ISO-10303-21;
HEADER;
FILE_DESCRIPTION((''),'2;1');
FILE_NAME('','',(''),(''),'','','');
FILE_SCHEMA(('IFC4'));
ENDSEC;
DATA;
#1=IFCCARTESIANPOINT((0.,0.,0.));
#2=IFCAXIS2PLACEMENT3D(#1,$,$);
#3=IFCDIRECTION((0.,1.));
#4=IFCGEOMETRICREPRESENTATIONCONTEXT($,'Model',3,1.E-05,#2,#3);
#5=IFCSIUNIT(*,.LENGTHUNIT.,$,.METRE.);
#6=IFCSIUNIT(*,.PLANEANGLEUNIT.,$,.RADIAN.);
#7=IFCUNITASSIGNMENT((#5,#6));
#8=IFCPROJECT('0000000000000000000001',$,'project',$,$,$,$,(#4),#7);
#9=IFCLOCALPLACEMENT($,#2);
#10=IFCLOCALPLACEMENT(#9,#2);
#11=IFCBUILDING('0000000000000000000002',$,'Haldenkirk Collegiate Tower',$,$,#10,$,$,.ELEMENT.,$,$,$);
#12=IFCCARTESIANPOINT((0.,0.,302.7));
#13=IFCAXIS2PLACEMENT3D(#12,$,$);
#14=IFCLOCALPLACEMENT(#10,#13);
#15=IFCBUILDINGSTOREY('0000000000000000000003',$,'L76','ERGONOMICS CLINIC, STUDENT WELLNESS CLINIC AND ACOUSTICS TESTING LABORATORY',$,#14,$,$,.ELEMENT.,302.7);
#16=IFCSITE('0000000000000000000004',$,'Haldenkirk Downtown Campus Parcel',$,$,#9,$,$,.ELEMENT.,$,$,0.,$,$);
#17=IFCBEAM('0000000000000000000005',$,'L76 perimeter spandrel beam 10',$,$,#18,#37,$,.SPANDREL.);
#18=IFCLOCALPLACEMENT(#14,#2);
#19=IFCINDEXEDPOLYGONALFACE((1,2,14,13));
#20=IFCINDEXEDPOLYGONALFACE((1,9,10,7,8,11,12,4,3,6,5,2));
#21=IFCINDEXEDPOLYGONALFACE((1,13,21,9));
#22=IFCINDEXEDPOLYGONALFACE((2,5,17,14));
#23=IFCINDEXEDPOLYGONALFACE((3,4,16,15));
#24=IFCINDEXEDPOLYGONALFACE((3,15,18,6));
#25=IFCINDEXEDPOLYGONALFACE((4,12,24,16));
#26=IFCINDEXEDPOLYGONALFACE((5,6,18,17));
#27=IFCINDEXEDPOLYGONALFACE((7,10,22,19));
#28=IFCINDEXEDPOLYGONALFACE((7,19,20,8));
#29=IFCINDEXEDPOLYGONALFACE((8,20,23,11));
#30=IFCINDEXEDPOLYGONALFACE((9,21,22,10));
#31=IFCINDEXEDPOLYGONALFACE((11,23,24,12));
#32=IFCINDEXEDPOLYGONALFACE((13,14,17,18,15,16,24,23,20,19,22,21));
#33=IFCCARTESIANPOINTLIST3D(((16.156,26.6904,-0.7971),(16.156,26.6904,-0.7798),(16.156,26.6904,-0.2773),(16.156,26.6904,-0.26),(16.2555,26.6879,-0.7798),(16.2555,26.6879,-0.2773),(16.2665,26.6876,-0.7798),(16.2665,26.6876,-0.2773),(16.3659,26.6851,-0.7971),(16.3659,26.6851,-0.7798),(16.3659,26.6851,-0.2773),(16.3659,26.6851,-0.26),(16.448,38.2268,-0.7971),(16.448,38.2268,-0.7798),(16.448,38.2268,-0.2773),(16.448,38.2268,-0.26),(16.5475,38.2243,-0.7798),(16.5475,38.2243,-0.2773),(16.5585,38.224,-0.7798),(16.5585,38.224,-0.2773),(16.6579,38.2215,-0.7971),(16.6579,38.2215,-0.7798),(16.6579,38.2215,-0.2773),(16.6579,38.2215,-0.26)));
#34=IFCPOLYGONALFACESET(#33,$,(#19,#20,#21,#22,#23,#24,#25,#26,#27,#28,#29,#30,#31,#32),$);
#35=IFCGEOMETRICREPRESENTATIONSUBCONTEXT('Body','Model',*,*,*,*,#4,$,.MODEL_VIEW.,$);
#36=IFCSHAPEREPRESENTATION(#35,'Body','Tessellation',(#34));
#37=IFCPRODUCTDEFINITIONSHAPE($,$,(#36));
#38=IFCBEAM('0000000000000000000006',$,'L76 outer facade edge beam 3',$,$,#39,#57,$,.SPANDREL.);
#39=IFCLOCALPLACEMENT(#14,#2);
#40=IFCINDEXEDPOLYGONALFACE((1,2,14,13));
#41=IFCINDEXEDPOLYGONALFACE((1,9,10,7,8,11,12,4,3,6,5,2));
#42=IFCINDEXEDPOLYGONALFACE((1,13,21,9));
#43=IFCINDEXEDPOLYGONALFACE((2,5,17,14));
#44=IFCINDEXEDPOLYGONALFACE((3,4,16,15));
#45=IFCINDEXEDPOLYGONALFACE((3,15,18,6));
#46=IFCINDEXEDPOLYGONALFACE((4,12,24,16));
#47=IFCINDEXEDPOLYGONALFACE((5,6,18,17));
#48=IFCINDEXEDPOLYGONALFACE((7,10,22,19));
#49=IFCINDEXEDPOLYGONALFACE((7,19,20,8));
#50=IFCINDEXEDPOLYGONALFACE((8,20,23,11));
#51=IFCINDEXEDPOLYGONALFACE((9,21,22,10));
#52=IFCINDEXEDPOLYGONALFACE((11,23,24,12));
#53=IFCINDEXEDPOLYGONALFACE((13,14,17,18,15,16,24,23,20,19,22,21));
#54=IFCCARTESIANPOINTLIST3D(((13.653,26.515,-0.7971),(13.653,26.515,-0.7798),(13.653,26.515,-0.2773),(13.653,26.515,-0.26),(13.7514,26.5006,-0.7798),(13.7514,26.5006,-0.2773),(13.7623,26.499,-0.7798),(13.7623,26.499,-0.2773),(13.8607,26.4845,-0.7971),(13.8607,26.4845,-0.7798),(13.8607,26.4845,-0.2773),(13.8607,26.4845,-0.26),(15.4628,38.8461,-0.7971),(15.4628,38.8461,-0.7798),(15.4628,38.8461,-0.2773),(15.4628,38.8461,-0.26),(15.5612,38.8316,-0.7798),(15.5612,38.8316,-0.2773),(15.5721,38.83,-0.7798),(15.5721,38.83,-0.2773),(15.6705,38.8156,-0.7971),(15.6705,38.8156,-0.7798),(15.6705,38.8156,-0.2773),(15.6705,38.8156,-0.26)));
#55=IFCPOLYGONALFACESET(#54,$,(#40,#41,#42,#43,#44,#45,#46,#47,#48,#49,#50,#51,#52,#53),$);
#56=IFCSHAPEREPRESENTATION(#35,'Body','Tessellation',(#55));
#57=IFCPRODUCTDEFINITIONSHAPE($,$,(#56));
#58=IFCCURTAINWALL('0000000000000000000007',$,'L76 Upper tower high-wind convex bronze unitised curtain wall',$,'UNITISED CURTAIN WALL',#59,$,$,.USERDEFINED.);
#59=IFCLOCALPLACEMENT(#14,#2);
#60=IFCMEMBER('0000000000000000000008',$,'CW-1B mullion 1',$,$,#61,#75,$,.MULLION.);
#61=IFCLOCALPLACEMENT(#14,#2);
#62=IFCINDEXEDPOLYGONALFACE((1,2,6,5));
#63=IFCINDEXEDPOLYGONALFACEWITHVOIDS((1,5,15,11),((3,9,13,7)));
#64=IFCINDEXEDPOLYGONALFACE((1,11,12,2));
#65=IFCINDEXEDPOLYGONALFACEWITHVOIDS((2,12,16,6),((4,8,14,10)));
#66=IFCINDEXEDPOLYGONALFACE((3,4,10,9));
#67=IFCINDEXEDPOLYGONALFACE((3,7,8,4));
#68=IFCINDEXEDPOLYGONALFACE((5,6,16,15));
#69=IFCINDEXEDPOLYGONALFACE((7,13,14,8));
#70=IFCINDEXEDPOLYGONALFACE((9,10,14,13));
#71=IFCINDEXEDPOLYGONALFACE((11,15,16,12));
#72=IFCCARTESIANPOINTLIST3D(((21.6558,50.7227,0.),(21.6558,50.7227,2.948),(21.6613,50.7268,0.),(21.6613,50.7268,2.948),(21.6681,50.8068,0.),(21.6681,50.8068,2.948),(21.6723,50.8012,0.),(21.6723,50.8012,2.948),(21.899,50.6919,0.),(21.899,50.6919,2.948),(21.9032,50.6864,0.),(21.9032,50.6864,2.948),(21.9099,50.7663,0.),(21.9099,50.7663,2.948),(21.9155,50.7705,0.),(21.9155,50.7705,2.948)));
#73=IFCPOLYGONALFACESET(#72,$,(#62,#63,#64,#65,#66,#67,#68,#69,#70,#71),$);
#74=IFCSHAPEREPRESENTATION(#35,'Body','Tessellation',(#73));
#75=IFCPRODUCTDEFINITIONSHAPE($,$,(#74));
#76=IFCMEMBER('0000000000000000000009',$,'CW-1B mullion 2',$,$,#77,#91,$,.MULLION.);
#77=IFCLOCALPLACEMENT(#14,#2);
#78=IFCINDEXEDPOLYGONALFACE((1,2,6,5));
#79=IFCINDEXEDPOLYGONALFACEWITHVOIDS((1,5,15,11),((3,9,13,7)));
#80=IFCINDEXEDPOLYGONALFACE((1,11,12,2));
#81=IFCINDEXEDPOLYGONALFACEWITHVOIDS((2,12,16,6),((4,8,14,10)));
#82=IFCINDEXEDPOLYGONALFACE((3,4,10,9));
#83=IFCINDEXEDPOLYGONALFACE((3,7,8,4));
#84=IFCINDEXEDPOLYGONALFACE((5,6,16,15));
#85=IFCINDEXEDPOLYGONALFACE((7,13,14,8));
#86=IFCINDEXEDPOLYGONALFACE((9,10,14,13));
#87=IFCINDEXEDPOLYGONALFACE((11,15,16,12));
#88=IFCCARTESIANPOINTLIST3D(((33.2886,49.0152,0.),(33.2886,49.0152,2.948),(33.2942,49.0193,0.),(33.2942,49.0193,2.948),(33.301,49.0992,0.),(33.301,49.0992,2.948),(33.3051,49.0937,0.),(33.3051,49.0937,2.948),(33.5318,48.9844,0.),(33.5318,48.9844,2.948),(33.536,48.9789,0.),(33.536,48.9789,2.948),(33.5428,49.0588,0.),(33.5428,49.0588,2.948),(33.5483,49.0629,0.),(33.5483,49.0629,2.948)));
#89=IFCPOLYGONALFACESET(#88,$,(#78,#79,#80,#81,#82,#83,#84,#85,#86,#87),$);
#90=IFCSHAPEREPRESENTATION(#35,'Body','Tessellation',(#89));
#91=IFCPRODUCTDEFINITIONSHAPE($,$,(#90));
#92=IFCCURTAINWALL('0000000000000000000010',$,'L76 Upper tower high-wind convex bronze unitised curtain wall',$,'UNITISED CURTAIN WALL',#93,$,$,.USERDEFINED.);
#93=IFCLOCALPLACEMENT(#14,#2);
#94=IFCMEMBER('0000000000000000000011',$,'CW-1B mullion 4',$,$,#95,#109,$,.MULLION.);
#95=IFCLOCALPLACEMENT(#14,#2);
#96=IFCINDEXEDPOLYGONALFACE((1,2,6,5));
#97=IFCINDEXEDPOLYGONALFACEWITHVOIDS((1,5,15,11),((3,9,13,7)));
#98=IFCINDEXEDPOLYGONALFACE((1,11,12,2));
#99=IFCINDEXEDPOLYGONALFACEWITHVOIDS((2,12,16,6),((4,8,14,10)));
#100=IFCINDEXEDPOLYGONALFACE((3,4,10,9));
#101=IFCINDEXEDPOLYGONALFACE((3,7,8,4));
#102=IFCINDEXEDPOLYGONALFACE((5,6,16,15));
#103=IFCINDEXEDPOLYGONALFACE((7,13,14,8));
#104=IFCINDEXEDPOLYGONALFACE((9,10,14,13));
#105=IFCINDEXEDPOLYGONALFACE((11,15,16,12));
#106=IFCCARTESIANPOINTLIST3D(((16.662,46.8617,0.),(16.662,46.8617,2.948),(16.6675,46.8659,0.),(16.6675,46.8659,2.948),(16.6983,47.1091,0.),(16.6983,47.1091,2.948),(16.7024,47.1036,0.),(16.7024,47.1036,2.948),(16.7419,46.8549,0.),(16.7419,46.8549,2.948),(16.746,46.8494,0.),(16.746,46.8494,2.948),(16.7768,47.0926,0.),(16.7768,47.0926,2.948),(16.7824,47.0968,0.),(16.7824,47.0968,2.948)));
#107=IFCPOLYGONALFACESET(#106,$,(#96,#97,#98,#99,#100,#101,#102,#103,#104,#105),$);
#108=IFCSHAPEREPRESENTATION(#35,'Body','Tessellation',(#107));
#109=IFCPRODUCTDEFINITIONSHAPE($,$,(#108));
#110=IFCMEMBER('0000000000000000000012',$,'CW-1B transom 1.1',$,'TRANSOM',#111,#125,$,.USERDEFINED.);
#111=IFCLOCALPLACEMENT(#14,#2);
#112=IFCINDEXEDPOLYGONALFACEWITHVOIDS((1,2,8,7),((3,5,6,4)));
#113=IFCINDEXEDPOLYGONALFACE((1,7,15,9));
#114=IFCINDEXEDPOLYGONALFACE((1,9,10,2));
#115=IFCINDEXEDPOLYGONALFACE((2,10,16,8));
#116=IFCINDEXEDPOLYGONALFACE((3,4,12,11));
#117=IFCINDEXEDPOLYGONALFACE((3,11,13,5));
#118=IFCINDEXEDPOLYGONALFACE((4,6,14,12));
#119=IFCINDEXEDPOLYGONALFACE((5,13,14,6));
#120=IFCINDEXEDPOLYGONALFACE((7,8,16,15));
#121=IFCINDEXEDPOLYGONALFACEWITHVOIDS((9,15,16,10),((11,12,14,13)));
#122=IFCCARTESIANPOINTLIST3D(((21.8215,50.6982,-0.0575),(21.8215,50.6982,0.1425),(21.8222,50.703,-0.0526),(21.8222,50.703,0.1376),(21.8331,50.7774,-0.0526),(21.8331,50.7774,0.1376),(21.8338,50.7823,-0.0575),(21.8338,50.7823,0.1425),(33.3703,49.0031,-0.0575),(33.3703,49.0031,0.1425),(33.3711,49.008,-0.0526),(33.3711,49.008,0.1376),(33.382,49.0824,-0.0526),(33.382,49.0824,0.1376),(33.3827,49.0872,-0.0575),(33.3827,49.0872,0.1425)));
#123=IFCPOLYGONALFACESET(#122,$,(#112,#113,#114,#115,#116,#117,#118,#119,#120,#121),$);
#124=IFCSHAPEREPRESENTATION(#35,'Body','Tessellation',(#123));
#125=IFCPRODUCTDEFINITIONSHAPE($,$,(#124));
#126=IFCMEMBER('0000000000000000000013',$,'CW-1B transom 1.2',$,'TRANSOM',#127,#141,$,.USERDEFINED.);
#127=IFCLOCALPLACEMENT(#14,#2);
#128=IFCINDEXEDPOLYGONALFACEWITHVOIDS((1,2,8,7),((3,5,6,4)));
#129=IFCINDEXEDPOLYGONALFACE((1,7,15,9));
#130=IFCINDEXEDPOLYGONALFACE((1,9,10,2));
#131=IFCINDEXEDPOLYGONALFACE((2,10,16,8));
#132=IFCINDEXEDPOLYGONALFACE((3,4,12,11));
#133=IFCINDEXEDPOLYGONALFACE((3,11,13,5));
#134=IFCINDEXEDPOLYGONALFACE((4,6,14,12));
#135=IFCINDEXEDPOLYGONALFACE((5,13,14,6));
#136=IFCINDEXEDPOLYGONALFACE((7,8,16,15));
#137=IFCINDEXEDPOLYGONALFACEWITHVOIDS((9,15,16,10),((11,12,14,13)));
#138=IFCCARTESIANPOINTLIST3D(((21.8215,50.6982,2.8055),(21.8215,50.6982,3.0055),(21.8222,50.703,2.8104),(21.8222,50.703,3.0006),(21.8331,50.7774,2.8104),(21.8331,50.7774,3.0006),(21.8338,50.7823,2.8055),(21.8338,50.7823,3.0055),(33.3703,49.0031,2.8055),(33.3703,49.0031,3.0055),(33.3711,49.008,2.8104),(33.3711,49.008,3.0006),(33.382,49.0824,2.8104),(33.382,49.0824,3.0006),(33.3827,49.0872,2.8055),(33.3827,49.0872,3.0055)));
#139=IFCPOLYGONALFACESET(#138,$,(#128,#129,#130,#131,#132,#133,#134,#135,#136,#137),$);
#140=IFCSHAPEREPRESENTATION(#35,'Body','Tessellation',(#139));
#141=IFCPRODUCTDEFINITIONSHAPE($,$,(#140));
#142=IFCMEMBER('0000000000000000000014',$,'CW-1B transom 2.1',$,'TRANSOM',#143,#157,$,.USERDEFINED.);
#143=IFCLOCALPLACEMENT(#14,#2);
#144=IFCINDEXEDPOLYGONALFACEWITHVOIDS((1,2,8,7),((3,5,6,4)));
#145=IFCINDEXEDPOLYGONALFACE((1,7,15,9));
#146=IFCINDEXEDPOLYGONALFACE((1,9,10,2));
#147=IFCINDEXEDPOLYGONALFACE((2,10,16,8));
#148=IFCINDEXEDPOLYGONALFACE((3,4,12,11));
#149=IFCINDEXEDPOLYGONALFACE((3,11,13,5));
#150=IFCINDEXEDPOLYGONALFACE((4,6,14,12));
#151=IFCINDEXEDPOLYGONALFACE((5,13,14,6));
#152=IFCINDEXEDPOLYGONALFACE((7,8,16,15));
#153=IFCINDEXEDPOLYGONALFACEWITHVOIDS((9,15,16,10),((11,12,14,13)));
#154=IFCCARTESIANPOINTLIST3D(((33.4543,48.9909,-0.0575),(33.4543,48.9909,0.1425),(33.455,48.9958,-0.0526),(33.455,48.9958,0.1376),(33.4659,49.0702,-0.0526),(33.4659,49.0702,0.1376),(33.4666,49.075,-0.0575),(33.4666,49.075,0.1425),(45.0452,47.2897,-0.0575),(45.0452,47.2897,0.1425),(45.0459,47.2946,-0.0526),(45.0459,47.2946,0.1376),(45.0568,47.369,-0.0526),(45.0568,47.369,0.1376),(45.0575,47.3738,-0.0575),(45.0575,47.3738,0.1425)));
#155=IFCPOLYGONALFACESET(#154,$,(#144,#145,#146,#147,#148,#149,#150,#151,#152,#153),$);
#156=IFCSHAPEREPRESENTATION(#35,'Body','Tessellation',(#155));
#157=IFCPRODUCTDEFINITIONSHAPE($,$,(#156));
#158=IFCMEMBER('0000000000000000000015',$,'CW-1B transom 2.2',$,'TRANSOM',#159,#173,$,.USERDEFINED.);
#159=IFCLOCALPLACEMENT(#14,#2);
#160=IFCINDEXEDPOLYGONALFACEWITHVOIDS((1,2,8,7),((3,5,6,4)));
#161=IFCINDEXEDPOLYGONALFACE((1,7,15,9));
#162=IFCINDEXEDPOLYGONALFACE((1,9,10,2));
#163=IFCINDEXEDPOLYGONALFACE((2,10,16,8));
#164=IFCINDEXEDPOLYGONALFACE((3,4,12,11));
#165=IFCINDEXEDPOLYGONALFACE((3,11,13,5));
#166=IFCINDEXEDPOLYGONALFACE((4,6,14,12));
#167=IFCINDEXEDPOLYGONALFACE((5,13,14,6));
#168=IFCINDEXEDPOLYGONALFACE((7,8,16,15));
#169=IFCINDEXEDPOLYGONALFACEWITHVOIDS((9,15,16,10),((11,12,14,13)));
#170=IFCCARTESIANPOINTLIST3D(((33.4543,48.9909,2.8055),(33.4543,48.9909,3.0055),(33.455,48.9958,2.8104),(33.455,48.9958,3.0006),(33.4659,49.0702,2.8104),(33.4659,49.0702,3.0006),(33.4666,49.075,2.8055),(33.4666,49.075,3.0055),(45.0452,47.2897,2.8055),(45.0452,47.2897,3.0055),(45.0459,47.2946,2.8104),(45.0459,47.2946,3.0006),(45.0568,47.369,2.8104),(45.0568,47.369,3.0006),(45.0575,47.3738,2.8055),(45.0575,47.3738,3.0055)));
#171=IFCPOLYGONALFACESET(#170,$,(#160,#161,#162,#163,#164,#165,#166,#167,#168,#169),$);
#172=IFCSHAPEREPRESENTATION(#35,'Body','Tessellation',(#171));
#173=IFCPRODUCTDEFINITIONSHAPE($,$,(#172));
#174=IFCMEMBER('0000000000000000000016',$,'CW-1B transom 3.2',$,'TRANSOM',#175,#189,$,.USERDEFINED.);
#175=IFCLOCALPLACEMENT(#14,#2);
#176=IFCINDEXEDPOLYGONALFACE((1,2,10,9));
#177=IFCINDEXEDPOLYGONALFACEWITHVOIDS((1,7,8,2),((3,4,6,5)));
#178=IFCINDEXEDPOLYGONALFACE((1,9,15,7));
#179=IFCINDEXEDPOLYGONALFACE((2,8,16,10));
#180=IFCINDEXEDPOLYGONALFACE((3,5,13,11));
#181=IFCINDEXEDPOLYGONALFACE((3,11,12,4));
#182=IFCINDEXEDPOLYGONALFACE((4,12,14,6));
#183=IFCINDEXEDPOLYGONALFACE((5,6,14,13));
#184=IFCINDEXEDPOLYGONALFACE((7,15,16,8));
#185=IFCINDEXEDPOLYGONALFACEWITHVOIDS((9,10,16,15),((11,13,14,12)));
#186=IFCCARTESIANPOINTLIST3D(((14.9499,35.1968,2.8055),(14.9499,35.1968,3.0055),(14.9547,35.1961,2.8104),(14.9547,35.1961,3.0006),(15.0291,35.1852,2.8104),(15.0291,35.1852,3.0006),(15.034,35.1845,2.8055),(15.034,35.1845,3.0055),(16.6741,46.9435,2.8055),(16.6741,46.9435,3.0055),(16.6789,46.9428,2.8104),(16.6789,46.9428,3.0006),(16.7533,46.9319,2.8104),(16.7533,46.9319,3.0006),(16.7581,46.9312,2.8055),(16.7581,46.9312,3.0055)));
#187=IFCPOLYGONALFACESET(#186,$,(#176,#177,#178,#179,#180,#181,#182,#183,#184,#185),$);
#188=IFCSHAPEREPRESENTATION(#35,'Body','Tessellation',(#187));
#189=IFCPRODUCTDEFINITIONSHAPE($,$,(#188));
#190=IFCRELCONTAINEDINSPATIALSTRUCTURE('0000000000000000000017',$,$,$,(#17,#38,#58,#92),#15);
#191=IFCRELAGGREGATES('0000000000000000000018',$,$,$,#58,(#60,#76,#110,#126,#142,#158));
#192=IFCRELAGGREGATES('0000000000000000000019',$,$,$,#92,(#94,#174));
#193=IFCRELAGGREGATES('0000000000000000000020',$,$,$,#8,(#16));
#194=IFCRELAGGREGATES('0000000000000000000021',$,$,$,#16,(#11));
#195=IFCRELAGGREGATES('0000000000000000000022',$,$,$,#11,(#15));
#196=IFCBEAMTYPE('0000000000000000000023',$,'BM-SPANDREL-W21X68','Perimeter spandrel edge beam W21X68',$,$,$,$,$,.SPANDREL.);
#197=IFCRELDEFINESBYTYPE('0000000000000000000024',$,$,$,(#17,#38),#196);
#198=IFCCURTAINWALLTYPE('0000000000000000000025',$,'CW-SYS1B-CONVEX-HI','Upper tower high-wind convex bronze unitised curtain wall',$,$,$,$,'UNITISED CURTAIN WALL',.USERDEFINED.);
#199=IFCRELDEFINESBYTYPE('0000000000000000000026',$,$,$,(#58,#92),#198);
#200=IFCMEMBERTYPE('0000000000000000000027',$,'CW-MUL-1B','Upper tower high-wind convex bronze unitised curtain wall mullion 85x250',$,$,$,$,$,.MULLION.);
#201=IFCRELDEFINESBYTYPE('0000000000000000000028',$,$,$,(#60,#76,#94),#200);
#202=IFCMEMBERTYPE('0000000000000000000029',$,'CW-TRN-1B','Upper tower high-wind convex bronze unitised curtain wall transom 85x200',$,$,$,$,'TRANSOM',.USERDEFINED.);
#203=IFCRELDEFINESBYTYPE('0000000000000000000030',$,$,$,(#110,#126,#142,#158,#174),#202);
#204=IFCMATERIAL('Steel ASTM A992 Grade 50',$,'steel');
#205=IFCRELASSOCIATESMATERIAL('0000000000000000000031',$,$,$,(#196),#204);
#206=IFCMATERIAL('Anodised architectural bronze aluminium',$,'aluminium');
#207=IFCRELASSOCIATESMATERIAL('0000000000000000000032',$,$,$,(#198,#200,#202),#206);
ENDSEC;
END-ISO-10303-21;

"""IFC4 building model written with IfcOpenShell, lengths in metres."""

from ifc_helpers import new_model, si_unit, direction, frame, origin, origin_2d, place, context, subcontext, project, spatial, hollow_rectangle, i_section, extrude, material, material_profile, profile_set, type_object, element, aggregate, save


model = new_model("IFC4")

# Units and contexts
model_context = context("Model", 3, precision=1e-05, world=origin(), true_north=direction((0.0, 1.0)))
body_context = subcontext(model_context, "Body", "Model", "MODEL_VIEW")
ifc_project = project(units=[si_unit("LENGTHUNIT", "METRE"), si_unit("PLANEANGLEUNIT", "RADIAN")], contexts=[model_context])

# Site, building, storey
site_placement = place(None, origin())
site = spatial("IfcSite", under=ifc_project, at=site_placement, Name="Haldenkirk Downtown Campus Parcel", CompositionType="ELEMENT", RefElevation=0.0)
building_placement = place(site_placement, origin())
building = spatial("IfcBuilding", under=site, at=building_placement, Name="Haldenkirk Collegiate Tower", CompositionType="ELEMENT")
storey_placement = place(building_placement, frame((0.0, 0.0, 302.7)))
storey = spatial("IfcBuildingStorey", under=building, at=storey_placement, Name="L76", Description="ERGONOMICS CLINIC, STUDENT WELLNESS CLINIC AND ACOUSTICS TESTING LABORATORY", CompositionType="ELEMENT", Elevation=302.7)

# Beams
ifc_material_1 = material(Name="Steel ASTM A992 Grade 50", Category="steel")
ifc_material_profile_1 = material_profile(ifc_material_1, i_section(OverallWidth=0.21, OverallDepth=0.5371, WebThickness=0.011, FlangeThickness=0.0173, at=origin_2d()), Name="W21X68")
ifc_profile_set_1 = profile_set([ifc_material_profile_1], Name="Steel ASTM A992 Grade 50")
beam_type_1 = type_object("IfcBeamType", Name="BM-SPANDREL-W21X68", Description="Perimeter spandrel edge beam W21X68", PredefinedType="SPANDREL", material=ifc_profile_set_1)
beam_1_placement = place(storey_placement, frame((16.553, 38.2241, -0.5286), z_axis=(-0.025302, -0.99968, 0.0), x_axis=(0.99968, -0.025302, 0.0)))
element("IfcBeam", 1, at=beam_1_placement, inside=storey, type_object=beam_type_1, Name="L76 perimeter spandrel beam 10", PredefinedType="SPANDREL", context=body_context, shape_type="SweptSolid", body=[
    extrude(i_section(OverallWidth=0.21, OverallDepth=0.5371, WebThickness=0.011, FlangeThickness=0.0173, at=origin_2d()), origin(), (0.0, 0.0, 1.0), 11.54),
])
beam_2_placement = place(storey_placement, frame((15.5667, 38.8308, -0.5286), z_axis=(-0.145213, -0.9894, 0.0), x_axis=(0.9894, -0.145213, 0.0)))
element("IfcBeam", 2, at=beam_2_placement, inside=storey, type_object=beam_type_1, Name="L76 outer facade edge beam 3", PredefinedType="SPANDREL", context=body_context, shape_type="SweptSolid", body=[
    extrude(i_section(OverallWidth=0.21, OverallDepth=0.5371, WebThickness=0.011, FlangeThickness=0.0173, at=origin_2d()), origin(), (0.0, 0.0, 1.0), 12.4631),
])

# Curtain wall, members
ifc_material_2 = material(Name="Anodised architectural bronze aluminium", Category="aluminium")
curtain_wall_type = type_object("IfcCurtainWallType", Name="CW-SYS1B-CONVEX-HI", Description="Upper tower high-wind convex bronze unitised curtain wall", ElementType="UNITISED CURTAIN WALL", PredefinedType="USERDEFINED", material=ifc_material_2)
curtain_wall_1_placement = place(storey_placement, origin())
curtain_wall_1 = element("IfcCurtainWall", 3, at=curtain_wall_1_placement, inside=storey, type_object=curtain_wall_type, Name="L76 Upper tower high-wind convex bronze unitised curtain wall", ObjectType="UNITISED CURTAIN WALL", PredefinedType="USERDEFINED")
ifc_material_profile_2 = material_profile(ifc_material_2, hollow_rectangle(XDim=0.085, YDim=0.25, WallThickness=0.0049, at=origin_2d()), Name="CW-MUL-1B")
ifc_profile_set_2 = profile_set([ifc_material_profile_2], Name="Anodised architectural bronze aluminium")
member_type_1 = type_object("IfcMemberType", Name="CW-MUL-1B", Description="Upper tower high-wind convex bronze unitised curtain wall mullion 85x250", PredefinedType="MULLION", material=ifc_profile_set_2)
member_1_placement = place(storey_placement, frame((21.7856, 50.7466, 0.0), z_axis=(0.0, 0.0, 1.0), x_axis=(0.14522, 0.989399, 0.0)))
member_1 = element("IfcMember", 4, at=member_1_placement, type_object=member_type_1, Name="CW-1B mullion 1", PredefinedType="MULLION", context=body_context, shape_type="SweptSolid", body=[
    extrude(hollow_rectangle(XDim=0.085, YDim=0.25, WallThickness=0.0049, at=origin_2d()), origin(), (0.0, 0.0, 1.0), 2.948),
])
member_2_placement = place(storey_placement, frame((33.4185, 49.0391, 0.0), z_axis=(0.0, 0.0, 1.0), x_axis=(0.14522, 0.989399, 0.0)))
member_2 = element("IfcMember", 5, at=member_2_placement, type_object=member_type_1, Name="CW-1B mullion 2", PredefinedType="MULLION", context=body_context, shape_type="SweptSolid", body=[
    extrude(hollow_rectangle(XDim=0.085, YDim=0.25, WallThickness=0.0049, at=origin_2d()), origin(), (0.0, 0.0, 1.0), 2.948),
])

# Curtain wall, member
curtain_wall_2_placement = place(storey_placement, origin())
curtain_wall_2 = element("IfcCurtainWall", 6, at=curtain_wall_2_placement, inside=storey, type_object=curtain_wall_type, Name="L76 Upper tower high-wind convex bronze unitised curtain wall", ObjectType="UNITISED CURTAIN WALL", PredefinedType="USERDEFINED")
member_3_placement = place(storey_placement, frame((16.7222, 46.9792, 0.0), z_axis=(0.0, 0.0, 1.0), x_axis=(-0.989399, 0.14522, 0.0)))
member_3 = element("IfcMember", 7, at=member_3_placement, type_object=member_type_1, Name="CW-1B mullion 4", PredefinedType="MULLION", context=body_context, shape_type="SweptSolid", body=[
    extrude(hollow_rectangle(XDim=0.085, YDim=0.25, WallThickness=0.0049, at=origin_2d()), origin(), (0.0, 0.0, 1.0), 2.948),
])

# Members
ifc_material_profile_3 = material_profile(ifc_material_2, hollow_rectangle(XDim=0.085, YDim=0.2, WallThickness=0.0049, at=origin_2d()), Name="CW-TRN-1B")
ifc_profile_set_3 = profile_set([ifc_material_profile_3], Name="Anodised architectural bronze aluminium")
member_type_2 = type_object("IfcMemberType", Name="CW-TRN-1B", Description="Upper tower high-wind convex bronze unitised curtain wall transom 85x200", ElementType="TRANSOM", PredefinedType="USERDEFINED", material=ifc_profile_set_3)
member_4_placement = place(storey_placement, frame((21.8276, 50.7402, 0.0425), z_axis=(0.9894, -0.145218, 0.0), x_axis=(0.145218, 0.9894, 0.0)))
member_4 = element("IfcMember", 8, at=member_4_placement, type_object=member_type_2, Name="CW-1B transom 1.1", ObjectType="TRANSOM", PredefinedType="USERDEFINED", context=body_context, shape_type="SweptSolid", body=[
    extrude(hollow_rectangle(XDim=0.085, YDim=0.2, WallThickness=0.0049, at=origin_2d()), origin(), (0.0, 0.0, 1.0), 11.6726),
])
member_5_placement = place(storey_placement, frame((21.8276, 50.7402, 2.9055), z_axis=(0.9894, -0.145218, 0.0), x_axis=(0.145218, 0.9894, 0.0)))
member_5 = element("IfcMember", 9, at=member_5_placement, type_object=member_type_2, Name="CW-1B transom 1.2", ObjectType="TRANSOM", PredefinedType="USERDEFINED", context=body_context, shape_type="SweptSolid", body=[
    extrude(hollow_rectangle(XDim=0.085, YDim=0.2, WallThickness=0.0049, at=origin_2d()), origin(), (0.0, 0.0, 1.0), 11.6726),
])
member_6_placement = place(storey_placement, frame((33.4604, 49.033, 0.0425), z_axis=(0.9894, -0.145213, 0.0), x_axis=(0.145213, 0.9894, 0.0)))
member_6 = element("IfcMember", 10, at=member_6_placement, type_object=member_type_2, Name="CW-1B transom 2.1", ObjectType="TRANSOM", PredefinedType="USERDEFINED", context=body_context, shape_type="SweptSolid", body=[
    extrude(hollow_rectangle(XDim=0.085, YDim=0.2, WallThickness=0.0049, at=origin_2d()), origin(), (0.0, 0.0, 1.0), 11.7151),
])
member_7_placement = place(storey_placement, frame((33.4604, 49.033, 2.9055), z_axis=(0.9894, -0.145213, 0.0), x_axis=(0.145213, 0.9894, 0.0)))
member_7 = element("IfcMember", 11, at=member_7_placement, type_object=member_type_2, Name="CW-1B transom 2.2", ObjectType="TRANSOM", PredefinedType="USERDEFINED", context=body_context, shape_type="SweptSolid", body=[
    extrude(hollow_rectangle(XDim=0.085, YDim=0.2, WallThickness=0.0049, at=origin_2d()), origin(), (0.0, 0.0, 1.0), 11.7151),
])
member_8_placement = place(storey_placement, frame((14.9919, 35.1907, 2.9055), z_axis=(0.14522, 0.989399, 0.0), x_axis=(-0.989399, 0.14522, 0.0)))
member_8 = element("IfcMember", 12, at=member_8_placement, type_object=member_type_2, Name="CW-1B transom 3.2", ObjectType="TRANSOM", PredefinedType="USERDEFINED", context=body_context, shape_type="SweptSolid", body=[
    extrude(hollow_rectangle(XDim=0.085, YDim=0.2, WallThickness=0.0049, at=origin_2d()), origin(), (0.0, 0.0, 1.0), 11.8726),
])

aggregate(curtain_wall_1, [member_1, member_2, member_4, member_5, member_6, member_7])
aggregate(curtain_wall_2, [member_3, member_8])

save(model, "model.ifc")
